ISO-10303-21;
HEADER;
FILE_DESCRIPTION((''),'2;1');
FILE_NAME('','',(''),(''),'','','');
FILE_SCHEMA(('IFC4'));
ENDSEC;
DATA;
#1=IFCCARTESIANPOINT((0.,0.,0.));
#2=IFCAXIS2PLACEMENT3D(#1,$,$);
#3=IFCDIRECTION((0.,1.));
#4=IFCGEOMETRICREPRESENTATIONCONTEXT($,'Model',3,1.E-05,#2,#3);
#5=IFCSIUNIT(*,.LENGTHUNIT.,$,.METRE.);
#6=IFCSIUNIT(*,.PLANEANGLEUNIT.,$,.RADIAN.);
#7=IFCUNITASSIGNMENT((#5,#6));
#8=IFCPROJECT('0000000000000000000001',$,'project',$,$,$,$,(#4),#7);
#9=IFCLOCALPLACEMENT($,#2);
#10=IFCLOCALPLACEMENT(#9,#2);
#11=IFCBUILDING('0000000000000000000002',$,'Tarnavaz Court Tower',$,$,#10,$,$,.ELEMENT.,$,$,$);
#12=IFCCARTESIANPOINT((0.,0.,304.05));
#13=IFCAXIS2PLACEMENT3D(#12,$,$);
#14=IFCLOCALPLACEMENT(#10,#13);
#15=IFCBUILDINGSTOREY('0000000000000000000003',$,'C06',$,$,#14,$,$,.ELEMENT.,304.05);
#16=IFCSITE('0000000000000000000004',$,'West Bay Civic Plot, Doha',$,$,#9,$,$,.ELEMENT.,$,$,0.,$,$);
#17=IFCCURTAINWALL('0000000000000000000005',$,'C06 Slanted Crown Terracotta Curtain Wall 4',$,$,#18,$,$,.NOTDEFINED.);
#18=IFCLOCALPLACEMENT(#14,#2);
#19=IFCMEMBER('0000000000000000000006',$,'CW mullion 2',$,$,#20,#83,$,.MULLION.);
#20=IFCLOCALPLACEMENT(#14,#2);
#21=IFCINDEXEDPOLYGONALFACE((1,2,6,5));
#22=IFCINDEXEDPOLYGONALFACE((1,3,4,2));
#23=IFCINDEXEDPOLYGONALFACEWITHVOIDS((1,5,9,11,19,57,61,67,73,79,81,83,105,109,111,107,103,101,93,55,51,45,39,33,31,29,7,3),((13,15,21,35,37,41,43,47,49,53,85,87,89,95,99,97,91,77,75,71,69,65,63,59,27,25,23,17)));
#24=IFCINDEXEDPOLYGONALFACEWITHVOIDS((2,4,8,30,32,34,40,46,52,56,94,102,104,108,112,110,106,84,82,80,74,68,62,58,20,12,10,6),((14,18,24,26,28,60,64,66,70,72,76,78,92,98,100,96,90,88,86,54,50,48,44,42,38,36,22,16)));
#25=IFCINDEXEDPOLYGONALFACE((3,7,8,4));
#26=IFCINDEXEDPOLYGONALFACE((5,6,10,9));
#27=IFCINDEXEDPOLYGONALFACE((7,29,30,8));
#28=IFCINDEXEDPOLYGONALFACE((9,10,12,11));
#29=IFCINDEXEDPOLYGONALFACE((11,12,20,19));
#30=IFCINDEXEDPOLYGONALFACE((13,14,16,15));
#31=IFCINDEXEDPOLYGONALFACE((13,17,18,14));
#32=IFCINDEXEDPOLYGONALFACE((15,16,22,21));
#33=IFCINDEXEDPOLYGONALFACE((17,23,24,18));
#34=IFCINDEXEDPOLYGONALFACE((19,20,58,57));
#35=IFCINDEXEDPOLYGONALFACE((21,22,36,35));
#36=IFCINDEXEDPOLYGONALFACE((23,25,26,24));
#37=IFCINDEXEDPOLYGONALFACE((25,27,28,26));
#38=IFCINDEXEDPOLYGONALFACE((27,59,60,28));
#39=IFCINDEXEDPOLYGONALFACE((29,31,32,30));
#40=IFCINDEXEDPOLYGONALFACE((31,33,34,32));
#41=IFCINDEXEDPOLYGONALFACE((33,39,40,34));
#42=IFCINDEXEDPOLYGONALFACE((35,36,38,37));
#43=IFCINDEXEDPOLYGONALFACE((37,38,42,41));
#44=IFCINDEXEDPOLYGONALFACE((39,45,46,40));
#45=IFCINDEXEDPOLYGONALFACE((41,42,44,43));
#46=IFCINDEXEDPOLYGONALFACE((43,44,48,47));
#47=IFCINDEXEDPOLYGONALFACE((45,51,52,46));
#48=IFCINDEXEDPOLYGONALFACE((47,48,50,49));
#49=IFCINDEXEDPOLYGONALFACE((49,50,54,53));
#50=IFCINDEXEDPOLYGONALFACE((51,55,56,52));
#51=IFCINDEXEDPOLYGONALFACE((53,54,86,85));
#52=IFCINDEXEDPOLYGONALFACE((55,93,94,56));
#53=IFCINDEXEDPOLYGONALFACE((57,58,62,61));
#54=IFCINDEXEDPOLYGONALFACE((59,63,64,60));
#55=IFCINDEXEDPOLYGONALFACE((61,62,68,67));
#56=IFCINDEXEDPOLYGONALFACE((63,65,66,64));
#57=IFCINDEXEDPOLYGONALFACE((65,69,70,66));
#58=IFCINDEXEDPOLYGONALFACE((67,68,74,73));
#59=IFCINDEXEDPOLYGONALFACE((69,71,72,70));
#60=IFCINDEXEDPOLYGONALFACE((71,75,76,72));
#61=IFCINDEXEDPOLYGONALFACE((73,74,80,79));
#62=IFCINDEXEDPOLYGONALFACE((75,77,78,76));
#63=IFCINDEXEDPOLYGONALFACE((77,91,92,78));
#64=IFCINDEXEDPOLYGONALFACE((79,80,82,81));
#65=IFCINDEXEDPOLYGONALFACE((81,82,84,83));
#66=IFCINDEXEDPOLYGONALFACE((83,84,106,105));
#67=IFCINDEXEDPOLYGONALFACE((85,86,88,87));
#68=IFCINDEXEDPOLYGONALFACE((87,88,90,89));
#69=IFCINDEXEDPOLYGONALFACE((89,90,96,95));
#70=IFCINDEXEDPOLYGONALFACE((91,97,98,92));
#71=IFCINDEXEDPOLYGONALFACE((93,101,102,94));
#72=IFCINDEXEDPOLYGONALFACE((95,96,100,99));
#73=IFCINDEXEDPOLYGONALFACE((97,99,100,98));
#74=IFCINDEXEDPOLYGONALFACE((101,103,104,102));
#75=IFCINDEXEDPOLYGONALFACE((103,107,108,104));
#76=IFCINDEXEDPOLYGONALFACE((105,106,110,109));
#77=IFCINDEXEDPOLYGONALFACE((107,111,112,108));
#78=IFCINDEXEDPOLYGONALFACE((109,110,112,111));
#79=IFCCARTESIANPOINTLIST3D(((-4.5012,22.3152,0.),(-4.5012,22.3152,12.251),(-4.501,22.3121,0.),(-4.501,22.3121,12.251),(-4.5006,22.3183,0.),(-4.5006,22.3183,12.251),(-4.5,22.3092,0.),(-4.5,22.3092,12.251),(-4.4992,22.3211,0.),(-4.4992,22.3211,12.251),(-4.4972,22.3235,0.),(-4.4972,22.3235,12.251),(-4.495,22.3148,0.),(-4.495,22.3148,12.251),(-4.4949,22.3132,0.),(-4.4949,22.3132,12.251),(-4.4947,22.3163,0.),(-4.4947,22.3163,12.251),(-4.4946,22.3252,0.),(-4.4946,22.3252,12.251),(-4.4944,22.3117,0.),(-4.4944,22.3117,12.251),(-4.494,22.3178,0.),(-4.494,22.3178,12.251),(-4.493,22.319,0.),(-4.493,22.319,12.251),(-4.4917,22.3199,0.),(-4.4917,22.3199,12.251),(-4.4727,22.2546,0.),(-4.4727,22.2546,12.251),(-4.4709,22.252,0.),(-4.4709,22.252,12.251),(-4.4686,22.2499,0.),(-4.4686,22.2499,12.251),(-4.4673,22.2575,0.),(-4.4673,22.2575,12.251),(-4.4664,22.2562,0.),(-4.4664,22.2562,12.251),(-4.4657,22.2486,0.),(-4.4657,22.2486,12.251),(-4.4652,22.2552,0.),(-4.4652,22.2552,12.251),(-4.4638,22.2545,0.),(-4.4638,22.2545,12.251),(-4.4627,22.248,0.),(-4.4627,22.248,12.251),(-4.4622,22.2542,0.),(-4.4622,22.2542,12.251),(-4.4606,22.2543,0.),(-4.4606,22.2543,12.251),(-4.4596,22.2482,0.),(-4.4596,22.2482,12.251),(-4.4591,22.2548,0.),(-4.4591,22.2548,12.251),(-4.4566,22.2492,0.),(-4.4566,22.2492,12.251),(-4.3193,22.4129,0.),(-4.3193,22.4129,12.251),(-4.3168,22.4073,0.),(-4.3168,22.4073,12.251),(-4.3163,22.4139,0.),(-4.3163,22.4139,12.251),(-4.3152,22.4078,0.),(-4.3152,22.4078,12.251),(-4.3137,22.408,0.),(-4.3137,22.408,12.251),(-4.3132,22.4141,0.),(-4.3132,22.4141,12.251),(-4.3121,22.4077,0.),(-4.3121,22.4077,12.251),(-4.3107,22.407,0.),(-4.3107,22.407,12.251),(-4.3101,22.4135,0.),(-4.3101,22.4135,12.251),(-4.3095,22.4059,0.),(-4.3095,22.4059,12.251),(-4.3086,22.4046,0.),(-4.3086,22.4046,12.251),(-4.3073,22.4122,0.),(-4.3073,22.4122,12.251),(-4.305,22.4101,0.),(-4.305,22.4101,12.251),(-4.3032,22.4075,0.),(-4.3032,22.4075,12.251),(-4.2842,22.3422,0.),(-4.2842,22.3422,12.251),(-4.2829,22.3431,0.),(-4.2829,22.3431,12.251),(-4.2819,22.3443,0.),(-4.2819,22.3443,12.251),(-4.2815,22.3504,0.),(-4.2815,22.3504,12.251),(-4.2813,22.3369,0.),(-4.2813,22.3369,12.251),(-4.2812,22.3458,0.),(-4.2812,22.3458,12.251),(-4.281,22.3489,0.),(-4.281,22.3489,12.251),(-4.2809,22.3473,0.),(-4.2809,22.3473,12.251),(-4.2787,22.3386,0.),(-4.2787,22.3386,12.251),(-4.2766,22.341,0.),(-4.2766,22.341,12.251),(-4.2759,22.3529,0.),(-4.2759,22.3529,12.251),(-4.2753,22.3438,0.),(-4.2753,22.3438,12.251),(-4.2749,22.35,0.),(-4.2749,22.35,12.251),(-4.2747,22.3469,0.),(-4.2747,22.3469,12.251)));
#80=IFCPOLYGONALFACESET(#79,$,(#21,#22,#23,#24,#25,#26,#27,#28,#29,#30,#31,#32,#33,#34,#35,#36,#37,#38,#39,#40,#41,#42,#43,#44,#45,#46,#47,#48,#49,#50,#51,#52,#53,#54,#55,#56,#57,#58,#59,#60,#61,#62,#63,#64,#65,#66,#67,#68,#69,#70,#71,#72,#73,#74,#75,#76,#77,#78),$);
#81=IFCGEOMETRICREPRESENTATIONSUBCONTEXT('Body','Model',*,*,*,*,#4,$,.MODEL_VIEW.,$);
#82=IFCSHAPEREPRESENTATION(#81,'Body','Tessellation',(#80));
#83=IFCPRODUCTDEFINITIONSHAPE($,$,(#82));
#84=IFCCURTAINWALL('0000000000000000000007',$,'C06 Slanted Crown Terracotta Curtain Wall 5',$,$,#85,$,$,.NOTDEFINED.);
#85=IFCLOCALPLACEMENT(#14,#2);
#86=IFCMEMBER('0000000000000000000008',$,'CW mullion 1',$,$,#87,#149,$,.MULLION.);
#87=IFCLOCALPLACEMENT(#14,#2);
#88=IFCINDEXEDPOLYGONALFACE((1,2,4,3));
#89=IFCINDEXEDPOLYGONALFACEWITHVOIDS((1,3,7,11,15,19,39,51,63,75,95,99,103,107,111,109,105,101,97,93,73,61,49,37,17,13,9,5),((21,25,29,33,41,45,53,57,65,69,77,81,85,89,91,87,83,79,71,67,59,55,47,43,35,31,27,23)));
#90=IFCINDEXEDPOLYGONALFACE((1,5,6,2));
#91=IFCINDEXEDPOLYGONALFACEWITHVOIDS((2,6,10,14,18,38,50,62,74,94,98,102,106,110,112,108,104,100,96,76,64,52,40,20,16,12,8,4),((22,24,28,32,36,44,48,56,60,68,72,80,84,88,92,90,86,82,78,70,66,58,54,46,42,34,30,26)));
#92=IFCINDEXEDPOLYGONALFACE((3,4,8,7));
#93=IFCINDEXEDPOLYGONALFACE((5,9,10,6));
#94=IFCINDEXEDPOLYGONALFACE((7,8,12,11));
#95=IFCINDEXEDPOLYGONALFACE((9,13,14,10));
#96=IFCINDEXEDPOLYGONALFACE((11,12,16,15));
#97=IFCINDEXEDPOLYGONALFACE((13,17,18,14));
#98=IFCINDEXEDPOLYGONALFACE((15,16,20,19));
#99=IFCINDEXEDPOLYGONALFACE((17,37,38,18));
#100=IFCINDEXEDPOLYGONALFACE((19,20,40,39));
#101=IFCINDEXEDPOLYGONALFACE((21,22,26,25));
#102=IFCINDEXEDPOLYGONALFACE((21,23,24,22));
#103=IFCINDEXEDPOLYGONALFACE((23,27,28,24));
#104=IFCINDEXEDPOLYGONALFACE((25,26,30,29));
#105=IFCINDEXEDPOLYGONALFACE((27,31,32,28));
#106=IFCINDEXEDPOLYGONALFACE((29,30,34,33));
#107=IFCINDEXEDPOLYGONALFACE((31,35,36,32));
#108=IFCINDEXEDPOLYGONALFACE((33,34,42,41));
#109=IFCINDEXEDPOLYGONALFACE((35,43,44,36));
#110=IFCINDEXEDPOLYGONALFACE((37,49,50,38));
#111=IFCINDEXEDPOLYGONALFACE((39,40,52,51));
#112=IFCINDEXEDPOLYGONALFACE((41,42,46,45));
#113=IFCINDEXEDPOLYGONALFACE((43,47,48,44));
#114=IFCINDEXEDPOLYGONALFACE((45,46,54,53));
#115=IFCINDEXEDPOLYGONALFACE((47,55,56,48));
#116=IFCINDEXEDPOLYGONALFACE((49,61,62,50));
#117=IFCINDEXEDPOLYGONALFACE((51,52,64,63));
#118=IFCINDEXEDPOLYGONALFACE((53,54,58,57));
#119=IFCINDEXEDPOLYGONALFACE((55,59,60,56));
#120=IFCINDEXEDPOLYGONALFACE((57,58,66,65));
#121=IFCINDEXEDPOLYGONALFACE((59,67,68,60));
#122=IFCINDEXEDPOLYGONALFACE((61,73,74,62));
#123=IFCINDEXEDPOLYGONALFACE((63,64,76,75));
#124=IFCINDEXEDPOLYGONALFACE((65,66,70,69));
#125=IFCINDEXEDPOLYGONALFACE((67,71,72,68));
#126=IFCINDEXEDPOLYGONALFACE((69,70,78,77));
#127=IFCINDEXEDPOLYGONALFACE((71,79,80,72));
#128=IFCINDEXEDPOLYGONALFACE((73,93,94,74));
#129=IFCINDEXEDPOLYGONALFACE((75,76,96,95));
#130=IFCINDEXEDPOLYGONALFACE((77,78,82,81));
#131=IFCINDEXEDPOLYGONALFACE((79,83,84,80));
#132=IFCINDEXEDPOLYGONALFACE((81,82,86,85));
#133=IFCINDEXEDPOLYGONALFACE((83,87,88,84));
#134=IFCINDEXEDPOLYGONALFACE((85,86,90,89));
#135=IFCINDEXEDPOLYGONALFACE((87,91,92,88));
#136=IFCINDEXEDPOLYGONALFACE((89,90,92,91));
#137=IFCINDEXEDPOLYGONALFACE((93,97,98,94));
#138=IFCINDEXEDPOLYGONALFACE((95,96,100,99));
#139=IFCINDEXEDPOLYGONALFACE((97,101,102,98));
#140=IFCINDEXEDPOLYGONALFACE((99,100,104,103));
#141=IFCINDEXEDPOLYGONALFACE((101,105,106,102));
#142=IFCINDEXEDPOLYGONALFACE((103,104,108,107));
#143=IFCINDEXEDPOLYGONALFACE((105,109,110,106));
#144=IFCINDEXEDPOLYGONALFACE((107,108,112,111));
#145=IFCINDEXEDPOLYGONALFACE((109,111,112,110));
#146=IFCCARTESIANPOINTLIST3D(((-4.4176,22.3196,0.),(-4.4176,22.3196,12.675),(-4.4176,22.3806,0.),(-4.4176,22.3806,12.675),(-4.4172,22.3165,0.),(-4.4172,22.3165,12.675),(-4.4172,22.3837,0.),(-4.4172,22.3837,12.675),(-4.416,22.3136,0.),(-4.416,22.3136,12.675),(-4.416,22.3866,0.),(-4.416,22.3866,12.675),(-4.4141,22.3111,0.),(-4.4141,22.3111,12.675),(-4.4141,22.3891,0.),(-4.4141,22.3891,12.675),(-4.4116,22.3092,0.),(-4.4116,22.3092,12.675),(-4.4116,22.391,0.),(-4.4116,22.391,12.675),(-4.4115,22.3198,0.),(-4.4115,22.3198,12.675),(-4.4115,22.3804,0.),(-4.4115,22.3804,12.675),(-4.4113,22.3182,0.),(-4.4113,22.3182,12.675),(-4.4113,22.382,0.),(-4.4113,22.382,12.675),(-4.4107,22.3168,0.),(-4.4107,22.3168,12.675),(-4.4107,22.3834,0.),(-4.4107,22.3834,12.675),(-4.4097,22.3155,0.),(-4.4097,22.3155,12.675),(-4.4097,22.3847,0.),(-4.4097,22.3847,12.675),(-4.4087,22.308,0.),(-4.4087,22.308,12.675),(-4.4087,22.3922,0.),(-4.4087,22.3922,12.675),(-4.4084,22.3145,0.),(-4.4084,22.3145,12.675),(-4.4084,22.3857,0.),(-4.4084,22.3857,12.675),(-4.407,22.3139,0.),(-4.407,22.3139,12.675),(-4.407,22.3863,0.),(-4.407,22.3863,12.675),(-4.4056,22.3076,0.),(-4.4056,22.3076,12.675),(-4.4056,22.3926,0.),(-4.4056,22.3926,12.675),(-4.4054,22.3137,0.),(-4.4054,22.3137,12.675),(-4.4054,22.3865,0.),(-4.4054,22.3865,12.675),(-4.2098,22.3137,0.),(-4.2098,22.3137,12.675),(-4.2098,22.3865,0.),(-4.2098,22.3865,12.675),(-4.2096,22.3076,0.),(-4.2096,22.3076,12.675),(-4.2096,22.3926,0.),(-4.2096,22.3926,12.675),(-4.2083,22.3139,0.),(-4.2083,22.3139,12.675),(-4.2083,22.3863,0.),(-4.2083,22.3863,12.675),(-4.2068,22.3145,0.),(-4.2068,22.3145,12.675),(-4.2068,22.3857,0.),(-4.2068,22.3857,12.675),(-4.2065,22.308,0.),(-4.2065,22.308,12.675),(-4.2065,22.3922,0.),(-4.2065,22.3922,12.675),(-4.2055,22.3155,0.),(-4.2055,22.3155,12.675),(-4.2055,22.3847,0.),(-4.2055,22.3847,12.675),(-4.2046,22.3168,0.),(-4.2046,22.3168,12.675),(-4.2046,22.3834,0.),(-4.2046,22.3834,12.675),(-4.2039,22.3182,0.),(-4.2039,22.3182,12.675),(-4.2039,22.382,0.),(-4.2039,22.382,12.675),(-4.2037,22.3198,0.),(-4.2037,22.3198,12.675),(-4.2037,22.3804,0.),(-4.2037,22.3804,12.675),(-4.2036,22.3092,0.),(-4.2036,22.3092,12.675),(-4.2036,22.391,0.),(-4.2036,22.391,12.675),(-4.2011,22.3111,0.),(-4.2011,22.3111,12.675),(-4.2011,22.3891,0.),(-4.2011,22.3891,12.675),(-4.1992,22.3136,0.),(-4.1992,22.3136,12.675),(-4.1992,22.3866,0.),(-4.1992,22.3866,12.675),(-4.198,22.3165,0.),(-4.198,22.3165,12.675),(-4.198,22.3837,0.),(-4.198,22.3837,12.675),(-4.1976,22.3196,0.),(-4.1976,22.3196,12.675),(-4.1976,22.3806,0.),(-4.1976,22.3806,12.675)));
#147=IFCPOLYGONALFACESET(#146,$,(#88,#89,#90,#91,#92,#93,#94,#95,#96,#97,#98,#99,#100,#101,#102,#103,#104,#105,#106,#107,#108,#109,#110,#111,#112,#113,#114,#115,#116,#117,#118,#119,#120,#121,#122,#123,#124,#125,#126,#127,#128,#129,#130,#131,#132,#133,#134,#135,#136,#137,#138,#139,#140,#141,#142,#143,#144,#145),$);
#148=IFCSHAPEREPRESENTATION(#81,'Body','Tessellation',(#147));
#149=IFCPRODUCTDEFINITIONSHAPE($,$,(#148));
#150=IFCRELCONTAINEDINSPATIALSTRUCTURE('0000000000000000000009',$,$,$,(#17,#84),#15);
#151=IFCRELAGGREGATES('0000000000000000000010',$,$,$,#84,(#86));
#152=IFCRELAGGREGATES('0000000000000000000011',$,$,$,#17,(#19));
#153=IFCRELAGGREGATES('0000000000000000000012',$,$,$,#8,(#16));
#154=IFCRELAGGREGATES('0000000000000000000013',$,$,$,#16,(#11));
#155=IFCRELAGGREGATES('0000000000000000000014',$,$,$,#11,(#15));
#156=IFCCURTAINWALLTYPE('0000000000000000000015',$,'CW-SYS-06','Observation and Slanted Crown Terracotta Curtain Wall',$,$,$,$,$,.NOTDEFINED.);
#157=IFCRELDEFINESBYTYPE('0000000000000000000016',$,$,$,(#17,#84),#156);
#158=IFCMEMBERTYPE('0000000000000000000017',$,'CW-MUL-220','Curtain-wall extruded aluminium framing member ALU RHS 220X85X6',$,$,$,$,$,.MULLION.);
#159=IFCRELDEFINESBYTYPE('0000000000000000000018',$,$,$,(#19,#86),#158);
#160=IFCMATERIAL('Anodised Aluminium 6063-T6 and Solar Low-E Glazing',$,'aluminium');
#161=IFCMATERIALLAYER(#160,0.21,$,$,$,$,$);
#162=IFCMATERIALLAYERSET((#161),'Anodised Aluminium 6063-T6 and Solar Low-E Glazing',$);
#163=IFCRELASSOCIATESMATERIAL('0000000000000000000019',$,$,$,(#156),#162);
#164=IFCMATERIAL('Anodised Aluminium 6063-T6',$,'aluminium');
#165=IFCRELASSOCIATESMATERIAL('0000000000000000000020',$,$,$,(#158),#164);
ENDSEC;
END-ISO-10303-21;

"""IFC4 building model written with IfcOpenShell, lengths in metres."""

from ifc_helpers import new_model, si_unit, direction, frame, origin, origin_2d, place, context, subcontext, project, spatial, hollow_rectangle, extrude, material, layer, layer_set, material_profile, profile_set, type_object, element, aggregate, save


model = new_model("IFC4")

# Units and contexts
model_context = context("Model", 3, precision=1e-05, world=origin(), true_north=direction((0.0, 1.0)))
body_context = subcontext(model_context, "Body", "Model", "MODEL_VIEW")
ifc_project = project(units=[si_unit("LENGTHUNIT", "METRE"), si_unit("PLANEANGLEUNIT", "RADIAN")], contexts=[model_context])

# Site, building, storey
site_placement = place(None, origin())
site = spatial("IfcSite", under=ifc_project, at=site_placement, Name="West Bay Civic Plot, Doha", CompositionType="ELEMENT", RefElevation=0.0)
building_placement = place(site_placement, origin())
building = spatial("IfcBuilding", under=site, at=building_placement, Name="Tarnavaz Court Tower", CompositionType="ELEMENT")
storey_placement = place(building_placement, frame((0.0, 0.0, 304.05)))
storey = spatial("IfcBuildingStorey", under=building, at=storey_placement, Name="C06", CompositionType="ELEMENT", Elevation=304.05)

# Curtain wall, member
ifc_material_1 = material(Name="Anodised Aluminium 6063-T6 and Solar Low-E Glazing", Category="aluminium")
ifc_layer_1 = layer(ifc_material_1, 0.21)
ifc_layer_set_1 = layer_set([ifc_layer_1], Name="Anodised Aluminium 6063-T6 and Solar Low-E Glazing")
curtain_wall_type = type_object("IfcCurtainWallType", Name="CW-SYS-06", Description="Observation and Slanted Crown Terracotta Curtain Wall", PredefinedType="NOTDEFINED", material=ifc_layer_set_1)
ifc_material_2 = material(Name="Anodised Aluminium 6063-T6", Category="aluminium")
ifc_material_profile_1 = material_profile(ifc_material_2, hollow_rectangle(XDim=0.085, YDim=0.22, WallThickness=0.0061, InnerFilletRadius=0.0061, OuterFilletRadius=0.012, at=origin_2d()), Name="ALU RHS 220X85X6")
ifc_profile_set_1 = profile_set([ifc_material_profile_1], Name="Anodised Aluminium 6063-T6")
member_type_1 = type_object("IfcMemberType", Name="CW-MUL-220", Description="Curtain-wall extruded aluminium framing member ALU RHS 220X85X6", PredefinedType="MULLION", material=ifc_profile_set_1)
curtain_wall_1_placement = place(storey_placement, origin())
curtain_wall_1 = element("IfcCurtainWall", 1, at=curtain_wall_1_placement, inside=storey, type_object=curtain_wall_type, Name="C06 Slanted Crown Terracotta Curtain Wall 4", PredefinedType="NOTDEFINED")
member_1_placement = place(storey_placement, frame((-4.3879, 22.3311, 0.0), z_axis=(0.0, 0.0, 1.0), x_axis=(-0.447214, 0.894427, 0.0)))
member_1 = element("IfcMember", 2, at=member_1_placement, type_object=member_type_1, Name="CW mullion 2", PredefinedType="MULLION", context=body_context, shape_type="SweptSolid", body=[
    extrude(hollow_rectangle(XDim=0.085, YDim=0.22, WallThickness=0.0061, InnerFilletRadius=0.0061, OuterFilletRadius=0.012, at=origin_2d()), origin(), (0.0, 0.0, 1.0), 12.251),
])

# Curtain wall, member
curtain_wall_2_placement = place(storey_placement, origin())
curtain_wall_2 = element("IfcCurtainWall", 3, at=curtain_wall_2_placement, inside=storey, type_object=curtain_wall_type, Name="C06 Slanted Crown Terracotta Curtain Wall 5", PredefinedType="NOTDEFINED")
member_2_placement = place(storey_placement, frame((-4.3076, 22.3501, 0.0), z_axis=(0.0, 0.0, 1.0), x_axis=(0.0, 1.0, 0.0)))
member_2 = element("IfcMember", 4, at=member_2_placement, type_object=member_type_1, Name="CW mullion 1", PredefinedType="MULLION", context=body_context, shape_type="SweptSolid", body=[
    extrude(hollow_rectangle(XDim=0.085, YDim=0.22, WallThickness=0.0061, InnerFilletRadius=0.0061, OuterFilletRadius=0.012, at=origin_2d()), origin(), (0.0, 0.0, 1.0), 12.675),
])

aggregate(curtain_wall_2, [member_2])

aggregate(curtain_wall_1, [member_1])

save(model, "model.ifc")
